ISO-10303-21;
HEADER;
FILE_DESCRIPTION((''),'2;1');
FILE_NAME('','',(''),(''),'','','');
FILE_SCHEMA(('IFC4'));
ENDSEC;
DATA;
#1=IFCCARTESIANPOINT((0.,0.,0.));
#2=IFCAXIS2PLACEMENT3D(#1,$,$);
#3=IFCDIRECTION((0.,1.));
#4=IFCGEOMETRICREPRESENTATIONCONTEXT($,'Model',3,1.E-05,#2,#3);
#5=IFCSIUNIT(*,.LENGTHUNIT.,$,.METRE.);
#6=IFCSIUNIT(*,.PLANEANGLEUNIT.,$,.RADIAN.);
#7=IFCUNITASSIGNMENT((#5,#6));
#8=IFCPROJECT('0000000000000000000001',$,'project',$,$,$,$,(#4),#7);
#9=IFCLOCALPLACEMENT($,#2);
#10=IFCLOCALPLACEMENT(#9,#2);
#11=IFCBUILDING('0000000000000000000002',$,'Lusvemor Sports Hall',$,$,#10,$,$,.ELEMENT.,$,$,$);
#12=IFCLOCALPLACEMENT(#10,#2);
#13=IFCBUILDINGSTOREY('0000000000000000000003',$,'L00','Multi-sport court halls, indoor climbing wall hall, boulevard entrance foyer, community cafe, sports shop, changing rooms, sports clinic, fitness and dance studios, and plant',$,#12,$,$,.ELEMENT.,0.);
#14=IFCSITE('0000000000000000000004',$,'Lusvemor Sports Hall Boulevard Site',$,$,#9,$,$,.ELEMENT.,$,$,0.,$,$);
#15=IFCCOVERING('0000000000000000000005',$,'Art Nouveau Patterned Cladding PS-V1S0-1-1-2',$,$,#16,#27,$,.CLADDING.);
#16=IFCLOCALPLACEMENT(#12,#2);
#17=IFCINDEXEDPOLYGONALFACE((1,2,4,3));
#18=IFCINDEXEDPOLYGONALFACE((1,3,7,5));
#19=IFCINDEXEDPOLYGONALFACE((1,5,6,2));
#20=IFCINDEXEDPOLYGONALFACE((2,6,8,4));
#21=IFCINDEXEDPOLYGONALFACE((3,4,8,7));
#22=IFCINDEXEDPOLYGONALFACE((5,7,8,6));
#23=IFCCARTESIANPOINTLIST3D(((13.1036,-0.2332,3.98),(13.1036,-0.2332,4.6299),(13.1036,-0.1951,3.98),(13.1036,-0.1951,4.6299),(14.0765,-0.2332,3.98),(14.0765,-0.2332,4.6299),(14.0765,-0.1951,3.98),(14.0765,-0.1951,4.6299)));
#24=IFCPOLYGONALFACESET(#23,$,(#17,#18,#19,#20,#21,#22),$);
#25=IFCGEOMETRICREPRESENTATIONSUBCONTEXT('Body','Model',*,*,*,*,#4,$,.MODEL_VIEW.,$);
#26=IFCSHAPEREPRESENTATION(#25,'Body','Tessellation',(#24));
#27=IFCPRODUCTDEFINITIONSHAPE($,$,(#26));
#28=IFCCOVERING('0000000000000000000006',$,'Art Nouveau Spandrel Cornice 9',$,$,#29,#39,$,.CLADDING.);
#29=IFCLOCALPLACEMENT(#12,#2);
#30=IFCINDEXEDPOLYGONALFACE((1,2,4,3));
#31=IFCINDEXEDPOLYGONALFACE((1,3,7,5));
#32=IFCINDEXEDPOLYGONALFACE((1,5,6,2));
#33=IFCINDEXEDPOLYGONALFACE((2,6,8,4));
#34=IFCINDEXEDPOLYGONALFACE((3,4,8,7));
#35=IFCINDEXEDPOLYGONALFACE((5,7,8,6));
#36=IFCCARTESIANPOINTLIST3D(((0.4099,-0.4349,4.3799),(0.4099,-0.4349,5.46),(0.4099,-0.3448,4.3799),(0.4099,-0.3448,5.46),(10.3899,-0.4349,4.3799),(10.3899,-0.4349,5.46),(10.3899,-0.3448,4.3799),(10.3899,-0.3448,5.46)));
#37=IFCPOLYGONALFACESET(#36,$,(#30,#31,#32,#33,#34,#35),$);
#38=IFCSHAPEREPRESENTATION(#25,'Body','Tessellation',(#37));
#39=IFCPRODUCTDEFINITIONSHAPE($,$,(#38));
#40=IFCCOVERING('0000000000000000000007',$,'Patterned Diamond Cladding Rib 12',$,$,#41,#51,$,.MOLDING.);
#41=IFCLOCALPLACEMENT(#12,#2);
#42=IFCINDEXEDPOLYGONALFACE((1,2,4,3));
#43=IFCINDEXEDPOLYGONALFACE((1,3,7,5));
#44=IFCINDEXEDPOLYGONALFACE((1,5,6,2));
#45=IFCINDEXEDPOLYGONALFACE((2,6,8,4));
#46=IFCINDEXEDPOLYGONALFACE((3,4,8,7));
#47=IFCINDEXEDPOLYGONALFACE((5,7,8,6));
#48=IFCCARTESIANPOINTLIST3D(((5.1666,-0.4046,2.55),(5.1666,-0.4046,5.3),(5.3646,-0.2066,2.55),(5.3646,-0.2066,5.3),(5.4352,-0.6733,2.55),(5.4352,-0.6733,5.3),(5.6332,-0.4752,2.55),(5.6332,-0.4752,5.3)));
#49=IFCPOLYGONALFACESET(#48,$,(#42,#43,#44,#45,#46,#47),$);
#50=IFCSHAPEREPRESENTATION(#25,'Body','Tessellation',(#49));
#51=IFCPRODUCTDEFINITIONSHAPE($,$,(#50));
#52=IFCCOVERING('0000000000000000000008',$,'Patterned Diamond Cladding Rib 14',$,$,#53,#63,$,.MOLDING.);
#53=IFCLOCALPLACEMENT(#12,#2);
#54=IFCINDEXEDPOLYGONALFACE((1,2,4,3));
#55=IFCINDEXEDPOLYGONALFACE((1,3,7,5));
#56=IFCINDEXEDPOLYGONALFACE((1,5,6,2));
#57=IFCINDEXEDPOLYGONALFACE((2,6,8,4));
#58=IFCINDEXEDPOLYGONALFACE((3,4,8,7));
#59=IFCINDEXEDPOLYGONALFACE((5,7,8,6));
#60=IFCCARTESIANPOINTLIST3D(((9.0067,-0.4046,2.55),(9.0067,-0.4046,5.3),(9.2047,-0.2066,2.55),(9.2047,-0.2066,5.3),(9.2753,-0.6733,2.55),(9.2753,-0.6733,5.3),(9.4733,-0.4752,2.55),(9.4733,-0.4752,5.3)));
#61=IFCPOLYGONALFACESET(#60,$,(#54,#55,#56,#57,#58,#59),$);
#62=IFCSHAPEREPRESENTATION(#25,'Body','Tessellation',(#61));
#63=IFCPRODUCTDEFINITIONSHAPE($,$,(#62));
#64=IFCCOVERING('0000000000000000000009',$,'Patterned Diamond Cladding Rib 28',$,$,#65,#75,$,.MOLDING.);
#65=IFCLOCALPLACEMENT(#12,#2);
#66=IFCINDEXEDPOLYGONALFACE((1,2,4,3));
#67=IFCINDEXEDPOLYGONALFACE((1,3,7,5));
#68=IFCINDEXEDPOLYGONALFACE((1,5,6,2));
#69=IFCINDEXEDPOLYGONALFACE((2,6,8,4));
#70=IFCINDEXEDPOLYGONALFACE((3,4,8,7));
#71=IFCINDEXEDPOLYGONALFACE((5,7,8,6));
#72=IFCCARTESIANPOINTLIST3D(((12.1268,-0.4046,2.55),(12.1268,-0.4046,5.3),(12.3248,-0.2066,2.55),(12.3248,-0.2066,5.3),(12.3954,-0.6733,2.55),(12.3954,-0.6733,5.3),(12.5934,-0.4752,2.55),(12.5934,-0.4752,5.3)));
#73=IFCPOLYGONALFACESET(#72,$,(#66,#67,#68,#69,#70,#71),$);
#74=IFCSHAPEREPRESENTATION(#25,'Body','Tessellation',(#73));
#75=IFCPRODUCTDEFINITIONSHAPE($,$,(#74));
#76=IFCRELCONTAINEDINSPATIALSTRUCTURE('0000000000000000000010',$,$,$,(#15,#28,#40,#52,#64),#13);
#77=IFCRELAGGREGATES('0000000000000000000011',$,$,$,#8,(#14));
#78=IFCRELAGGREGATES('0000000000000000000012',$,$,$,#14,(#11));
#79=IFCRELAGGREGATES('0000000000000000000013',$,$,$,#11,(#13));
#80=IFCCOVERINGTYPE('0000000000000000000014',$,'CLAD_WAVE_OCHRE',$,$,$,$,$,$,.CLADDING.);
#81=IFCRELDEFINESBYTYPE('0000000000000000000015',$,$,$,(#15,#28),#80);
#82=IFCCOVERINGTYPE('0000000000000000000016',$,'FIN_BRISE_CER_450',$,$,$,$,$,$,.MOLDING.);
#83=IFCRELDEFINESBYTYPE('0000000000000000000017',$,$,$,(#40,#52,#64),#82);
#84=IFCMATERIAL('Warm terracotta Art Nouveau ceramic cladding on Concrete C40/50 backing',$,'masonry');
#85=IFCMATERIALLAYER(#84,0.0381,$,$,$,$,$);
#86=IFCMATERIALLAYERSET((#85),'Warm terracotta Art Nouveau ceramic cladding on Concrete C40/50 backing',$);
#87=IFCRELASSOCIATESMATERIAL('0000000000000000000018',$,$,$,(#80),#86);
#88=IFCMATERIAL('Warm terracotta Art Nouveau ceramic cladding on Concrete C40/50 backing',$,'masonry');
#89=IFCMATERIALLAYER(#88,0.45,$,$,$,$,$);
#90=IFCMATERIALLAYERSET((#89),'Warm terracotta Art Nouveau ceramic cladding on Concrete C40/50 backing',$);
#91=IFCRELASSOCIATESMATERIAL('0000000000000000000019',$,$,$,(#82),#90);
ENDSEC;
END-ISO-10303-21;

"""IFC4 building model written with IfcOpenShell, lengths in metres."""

from ifc_helpers import new_model, si_unit, direction, frame, origin, origin_2d, place, context, subcontext, project, spatial, rectangle, extrude, material, layer, layer_set, type_object, element, save


model = new_model("IFC4")

# Units and contexts
model_context = context("Model", 3, precision=1e-05, world=origin(), true_north=direction((0.0, 1.0)))
body_context = subcontext(model_context, "Body", "Model", "MODEL_VIEW")
ifc_project = project(units=[si_unit("LENGTHUNIT", "METRE"), si_unit("PLANEANGLEUNIT", "RADIAN")], contexts=[model_context])

# Site, building, storey
site_placement = place(None, origin())
site = spatial("IfcSite", under=ifc_project, at=site_placement, Name="Lusvemor Sports Hall Boulevard Site", CompositionType="ELEMENT", RefElevation=0.0)
building_placement = place(site_placement, origin())
building = spatial("IfcBuilding", under=site, at=building_placement, Name="Lusvemor Sports Hall", CompositionType="ELEMENT")
storey_placement = place(building_placement, origin())
storey = spatial("IfcBuildingStorey", under=building, at=storey_placement, Name="L00", Description="Multi-sport court halls, indoor climbing wall hall, boulevard entrance foyer, community cafe, sports shop, changing rooms, sports clinic, fitness and dance studios, and plant", CompositionType="ELEMENT", Elevation=0.0)

# Coverings
ifc_material_1 = material(Name="Warm terracotta Art Nouveau ceramic cladding on Concrete C40/50 backing", Category="masonry")
ifc_layer_1 = layer(ifc_material_1, 0.0381)
ifc_layer_set_1 = layer_set([ifc_layer_1], Name="Warm terracotta Art Nouveau ceramic cladding on Concrete C40/50 backing")
covering_type_1 = type_object("IfcCoveringType", Name="CLAD_WAVE_OCHRE", PredefinedType="CLADDING", material=ifc_layer_set_1)
covering_1_placement = place(storey_placement, frame((13.5901, -0.2141, 3.98), z_axis=(0.0, 0.0, 1.0), x_axis=(1.0, 0.0, 0.0)))
element("IfcCovering", 1, at=covering_1_placement, inside=storey, type_object=covering_type_1, Name="Art Nouveau Patterned Cladding PS-V1S0-1-1-2", PredefinedType="CLADDING", context=body_context, shape_type="SweptSolid", body=[
    extrude(rectangle(XDim=0.9729, YDim=0.0381, at=origin_2d()), origin(), (0.0, 0.0, 1.0), 0.6499),
])
covering_2_placement = place(storey_placement, frame((5.3999, -0.3899, 4.3799), z_axis=(0.0, 0.0, 1.0), x_axis=(1.0, 0.0, 0.0)))
element("IfcCovering", 2, at=covering_2_placement, inside=storey, type_object=covering_type_1, Name="Art Nouveau Spandrel Cornice 9", PredefinedType="CLADDING", context=body_context, shape_type="SweptSolid", body=[
    extrude(rectangle(XDim=9.98, YDim=0.0901, at=origin_2d()), origin(), (0.0, 0.0, 1.0), 1.0801),
])
ifc_material_2 = material(Name="Warm terracotta Art Nouveau ceramic cladding on Concrete C40/50 backing", Category="masonry")
ifc_layer_2 = layer(ifc_material_2, 0.45)
ifc_layer_set_2 = layer_set([ifc_layer_2], Name="Warm terracotta Art Nouveau ceramic cladding on Concrete C40/50 backing")
covering_type_2 = type_object("IfcCoveringType", Name="FIN_BRISE_CER_450", PredefinedType="MOLDING", material=ifc_layer_set_2)
for number, where, z_axis, x_axis, name in (
    (3, (5.3999, -0.4399, 2.55), (0.0, 0.0, 1.0), (0.707107, 0.707107, 0.0), "Patterned Diamond Cladding Rib 12"),
    (4, (9.24, -0.4399, 2.55), (0.0, 0.0, 1.0), (0.707107, 0.707107, 0.0), "Patterned Diamond Cladding Rib 14"),
    (5, (12.3601, -0.4399, 2.55), (0.0, 0.0, 1.0), (0.707107, 0.707107, 0.0), "Patterned Diamond Cladding Rib 28"),
):
    element("IfcCovering", number, at=place(storey_placement, frame(where, z_axis=z_axis, x_axis=x_axis)), inside=storey, type_object=covering_type_2, Name=name, PredefinedType="MOLDING", context=body_context, shape_type="SweptSolid", body=[
        extrude(rectangle(XDim=0.28, YDim=0.3799, at=origin_2d()), origin(), (0.0, 0.0, 1.0), 2.75),
    ])

save(model, "model.ifc")
